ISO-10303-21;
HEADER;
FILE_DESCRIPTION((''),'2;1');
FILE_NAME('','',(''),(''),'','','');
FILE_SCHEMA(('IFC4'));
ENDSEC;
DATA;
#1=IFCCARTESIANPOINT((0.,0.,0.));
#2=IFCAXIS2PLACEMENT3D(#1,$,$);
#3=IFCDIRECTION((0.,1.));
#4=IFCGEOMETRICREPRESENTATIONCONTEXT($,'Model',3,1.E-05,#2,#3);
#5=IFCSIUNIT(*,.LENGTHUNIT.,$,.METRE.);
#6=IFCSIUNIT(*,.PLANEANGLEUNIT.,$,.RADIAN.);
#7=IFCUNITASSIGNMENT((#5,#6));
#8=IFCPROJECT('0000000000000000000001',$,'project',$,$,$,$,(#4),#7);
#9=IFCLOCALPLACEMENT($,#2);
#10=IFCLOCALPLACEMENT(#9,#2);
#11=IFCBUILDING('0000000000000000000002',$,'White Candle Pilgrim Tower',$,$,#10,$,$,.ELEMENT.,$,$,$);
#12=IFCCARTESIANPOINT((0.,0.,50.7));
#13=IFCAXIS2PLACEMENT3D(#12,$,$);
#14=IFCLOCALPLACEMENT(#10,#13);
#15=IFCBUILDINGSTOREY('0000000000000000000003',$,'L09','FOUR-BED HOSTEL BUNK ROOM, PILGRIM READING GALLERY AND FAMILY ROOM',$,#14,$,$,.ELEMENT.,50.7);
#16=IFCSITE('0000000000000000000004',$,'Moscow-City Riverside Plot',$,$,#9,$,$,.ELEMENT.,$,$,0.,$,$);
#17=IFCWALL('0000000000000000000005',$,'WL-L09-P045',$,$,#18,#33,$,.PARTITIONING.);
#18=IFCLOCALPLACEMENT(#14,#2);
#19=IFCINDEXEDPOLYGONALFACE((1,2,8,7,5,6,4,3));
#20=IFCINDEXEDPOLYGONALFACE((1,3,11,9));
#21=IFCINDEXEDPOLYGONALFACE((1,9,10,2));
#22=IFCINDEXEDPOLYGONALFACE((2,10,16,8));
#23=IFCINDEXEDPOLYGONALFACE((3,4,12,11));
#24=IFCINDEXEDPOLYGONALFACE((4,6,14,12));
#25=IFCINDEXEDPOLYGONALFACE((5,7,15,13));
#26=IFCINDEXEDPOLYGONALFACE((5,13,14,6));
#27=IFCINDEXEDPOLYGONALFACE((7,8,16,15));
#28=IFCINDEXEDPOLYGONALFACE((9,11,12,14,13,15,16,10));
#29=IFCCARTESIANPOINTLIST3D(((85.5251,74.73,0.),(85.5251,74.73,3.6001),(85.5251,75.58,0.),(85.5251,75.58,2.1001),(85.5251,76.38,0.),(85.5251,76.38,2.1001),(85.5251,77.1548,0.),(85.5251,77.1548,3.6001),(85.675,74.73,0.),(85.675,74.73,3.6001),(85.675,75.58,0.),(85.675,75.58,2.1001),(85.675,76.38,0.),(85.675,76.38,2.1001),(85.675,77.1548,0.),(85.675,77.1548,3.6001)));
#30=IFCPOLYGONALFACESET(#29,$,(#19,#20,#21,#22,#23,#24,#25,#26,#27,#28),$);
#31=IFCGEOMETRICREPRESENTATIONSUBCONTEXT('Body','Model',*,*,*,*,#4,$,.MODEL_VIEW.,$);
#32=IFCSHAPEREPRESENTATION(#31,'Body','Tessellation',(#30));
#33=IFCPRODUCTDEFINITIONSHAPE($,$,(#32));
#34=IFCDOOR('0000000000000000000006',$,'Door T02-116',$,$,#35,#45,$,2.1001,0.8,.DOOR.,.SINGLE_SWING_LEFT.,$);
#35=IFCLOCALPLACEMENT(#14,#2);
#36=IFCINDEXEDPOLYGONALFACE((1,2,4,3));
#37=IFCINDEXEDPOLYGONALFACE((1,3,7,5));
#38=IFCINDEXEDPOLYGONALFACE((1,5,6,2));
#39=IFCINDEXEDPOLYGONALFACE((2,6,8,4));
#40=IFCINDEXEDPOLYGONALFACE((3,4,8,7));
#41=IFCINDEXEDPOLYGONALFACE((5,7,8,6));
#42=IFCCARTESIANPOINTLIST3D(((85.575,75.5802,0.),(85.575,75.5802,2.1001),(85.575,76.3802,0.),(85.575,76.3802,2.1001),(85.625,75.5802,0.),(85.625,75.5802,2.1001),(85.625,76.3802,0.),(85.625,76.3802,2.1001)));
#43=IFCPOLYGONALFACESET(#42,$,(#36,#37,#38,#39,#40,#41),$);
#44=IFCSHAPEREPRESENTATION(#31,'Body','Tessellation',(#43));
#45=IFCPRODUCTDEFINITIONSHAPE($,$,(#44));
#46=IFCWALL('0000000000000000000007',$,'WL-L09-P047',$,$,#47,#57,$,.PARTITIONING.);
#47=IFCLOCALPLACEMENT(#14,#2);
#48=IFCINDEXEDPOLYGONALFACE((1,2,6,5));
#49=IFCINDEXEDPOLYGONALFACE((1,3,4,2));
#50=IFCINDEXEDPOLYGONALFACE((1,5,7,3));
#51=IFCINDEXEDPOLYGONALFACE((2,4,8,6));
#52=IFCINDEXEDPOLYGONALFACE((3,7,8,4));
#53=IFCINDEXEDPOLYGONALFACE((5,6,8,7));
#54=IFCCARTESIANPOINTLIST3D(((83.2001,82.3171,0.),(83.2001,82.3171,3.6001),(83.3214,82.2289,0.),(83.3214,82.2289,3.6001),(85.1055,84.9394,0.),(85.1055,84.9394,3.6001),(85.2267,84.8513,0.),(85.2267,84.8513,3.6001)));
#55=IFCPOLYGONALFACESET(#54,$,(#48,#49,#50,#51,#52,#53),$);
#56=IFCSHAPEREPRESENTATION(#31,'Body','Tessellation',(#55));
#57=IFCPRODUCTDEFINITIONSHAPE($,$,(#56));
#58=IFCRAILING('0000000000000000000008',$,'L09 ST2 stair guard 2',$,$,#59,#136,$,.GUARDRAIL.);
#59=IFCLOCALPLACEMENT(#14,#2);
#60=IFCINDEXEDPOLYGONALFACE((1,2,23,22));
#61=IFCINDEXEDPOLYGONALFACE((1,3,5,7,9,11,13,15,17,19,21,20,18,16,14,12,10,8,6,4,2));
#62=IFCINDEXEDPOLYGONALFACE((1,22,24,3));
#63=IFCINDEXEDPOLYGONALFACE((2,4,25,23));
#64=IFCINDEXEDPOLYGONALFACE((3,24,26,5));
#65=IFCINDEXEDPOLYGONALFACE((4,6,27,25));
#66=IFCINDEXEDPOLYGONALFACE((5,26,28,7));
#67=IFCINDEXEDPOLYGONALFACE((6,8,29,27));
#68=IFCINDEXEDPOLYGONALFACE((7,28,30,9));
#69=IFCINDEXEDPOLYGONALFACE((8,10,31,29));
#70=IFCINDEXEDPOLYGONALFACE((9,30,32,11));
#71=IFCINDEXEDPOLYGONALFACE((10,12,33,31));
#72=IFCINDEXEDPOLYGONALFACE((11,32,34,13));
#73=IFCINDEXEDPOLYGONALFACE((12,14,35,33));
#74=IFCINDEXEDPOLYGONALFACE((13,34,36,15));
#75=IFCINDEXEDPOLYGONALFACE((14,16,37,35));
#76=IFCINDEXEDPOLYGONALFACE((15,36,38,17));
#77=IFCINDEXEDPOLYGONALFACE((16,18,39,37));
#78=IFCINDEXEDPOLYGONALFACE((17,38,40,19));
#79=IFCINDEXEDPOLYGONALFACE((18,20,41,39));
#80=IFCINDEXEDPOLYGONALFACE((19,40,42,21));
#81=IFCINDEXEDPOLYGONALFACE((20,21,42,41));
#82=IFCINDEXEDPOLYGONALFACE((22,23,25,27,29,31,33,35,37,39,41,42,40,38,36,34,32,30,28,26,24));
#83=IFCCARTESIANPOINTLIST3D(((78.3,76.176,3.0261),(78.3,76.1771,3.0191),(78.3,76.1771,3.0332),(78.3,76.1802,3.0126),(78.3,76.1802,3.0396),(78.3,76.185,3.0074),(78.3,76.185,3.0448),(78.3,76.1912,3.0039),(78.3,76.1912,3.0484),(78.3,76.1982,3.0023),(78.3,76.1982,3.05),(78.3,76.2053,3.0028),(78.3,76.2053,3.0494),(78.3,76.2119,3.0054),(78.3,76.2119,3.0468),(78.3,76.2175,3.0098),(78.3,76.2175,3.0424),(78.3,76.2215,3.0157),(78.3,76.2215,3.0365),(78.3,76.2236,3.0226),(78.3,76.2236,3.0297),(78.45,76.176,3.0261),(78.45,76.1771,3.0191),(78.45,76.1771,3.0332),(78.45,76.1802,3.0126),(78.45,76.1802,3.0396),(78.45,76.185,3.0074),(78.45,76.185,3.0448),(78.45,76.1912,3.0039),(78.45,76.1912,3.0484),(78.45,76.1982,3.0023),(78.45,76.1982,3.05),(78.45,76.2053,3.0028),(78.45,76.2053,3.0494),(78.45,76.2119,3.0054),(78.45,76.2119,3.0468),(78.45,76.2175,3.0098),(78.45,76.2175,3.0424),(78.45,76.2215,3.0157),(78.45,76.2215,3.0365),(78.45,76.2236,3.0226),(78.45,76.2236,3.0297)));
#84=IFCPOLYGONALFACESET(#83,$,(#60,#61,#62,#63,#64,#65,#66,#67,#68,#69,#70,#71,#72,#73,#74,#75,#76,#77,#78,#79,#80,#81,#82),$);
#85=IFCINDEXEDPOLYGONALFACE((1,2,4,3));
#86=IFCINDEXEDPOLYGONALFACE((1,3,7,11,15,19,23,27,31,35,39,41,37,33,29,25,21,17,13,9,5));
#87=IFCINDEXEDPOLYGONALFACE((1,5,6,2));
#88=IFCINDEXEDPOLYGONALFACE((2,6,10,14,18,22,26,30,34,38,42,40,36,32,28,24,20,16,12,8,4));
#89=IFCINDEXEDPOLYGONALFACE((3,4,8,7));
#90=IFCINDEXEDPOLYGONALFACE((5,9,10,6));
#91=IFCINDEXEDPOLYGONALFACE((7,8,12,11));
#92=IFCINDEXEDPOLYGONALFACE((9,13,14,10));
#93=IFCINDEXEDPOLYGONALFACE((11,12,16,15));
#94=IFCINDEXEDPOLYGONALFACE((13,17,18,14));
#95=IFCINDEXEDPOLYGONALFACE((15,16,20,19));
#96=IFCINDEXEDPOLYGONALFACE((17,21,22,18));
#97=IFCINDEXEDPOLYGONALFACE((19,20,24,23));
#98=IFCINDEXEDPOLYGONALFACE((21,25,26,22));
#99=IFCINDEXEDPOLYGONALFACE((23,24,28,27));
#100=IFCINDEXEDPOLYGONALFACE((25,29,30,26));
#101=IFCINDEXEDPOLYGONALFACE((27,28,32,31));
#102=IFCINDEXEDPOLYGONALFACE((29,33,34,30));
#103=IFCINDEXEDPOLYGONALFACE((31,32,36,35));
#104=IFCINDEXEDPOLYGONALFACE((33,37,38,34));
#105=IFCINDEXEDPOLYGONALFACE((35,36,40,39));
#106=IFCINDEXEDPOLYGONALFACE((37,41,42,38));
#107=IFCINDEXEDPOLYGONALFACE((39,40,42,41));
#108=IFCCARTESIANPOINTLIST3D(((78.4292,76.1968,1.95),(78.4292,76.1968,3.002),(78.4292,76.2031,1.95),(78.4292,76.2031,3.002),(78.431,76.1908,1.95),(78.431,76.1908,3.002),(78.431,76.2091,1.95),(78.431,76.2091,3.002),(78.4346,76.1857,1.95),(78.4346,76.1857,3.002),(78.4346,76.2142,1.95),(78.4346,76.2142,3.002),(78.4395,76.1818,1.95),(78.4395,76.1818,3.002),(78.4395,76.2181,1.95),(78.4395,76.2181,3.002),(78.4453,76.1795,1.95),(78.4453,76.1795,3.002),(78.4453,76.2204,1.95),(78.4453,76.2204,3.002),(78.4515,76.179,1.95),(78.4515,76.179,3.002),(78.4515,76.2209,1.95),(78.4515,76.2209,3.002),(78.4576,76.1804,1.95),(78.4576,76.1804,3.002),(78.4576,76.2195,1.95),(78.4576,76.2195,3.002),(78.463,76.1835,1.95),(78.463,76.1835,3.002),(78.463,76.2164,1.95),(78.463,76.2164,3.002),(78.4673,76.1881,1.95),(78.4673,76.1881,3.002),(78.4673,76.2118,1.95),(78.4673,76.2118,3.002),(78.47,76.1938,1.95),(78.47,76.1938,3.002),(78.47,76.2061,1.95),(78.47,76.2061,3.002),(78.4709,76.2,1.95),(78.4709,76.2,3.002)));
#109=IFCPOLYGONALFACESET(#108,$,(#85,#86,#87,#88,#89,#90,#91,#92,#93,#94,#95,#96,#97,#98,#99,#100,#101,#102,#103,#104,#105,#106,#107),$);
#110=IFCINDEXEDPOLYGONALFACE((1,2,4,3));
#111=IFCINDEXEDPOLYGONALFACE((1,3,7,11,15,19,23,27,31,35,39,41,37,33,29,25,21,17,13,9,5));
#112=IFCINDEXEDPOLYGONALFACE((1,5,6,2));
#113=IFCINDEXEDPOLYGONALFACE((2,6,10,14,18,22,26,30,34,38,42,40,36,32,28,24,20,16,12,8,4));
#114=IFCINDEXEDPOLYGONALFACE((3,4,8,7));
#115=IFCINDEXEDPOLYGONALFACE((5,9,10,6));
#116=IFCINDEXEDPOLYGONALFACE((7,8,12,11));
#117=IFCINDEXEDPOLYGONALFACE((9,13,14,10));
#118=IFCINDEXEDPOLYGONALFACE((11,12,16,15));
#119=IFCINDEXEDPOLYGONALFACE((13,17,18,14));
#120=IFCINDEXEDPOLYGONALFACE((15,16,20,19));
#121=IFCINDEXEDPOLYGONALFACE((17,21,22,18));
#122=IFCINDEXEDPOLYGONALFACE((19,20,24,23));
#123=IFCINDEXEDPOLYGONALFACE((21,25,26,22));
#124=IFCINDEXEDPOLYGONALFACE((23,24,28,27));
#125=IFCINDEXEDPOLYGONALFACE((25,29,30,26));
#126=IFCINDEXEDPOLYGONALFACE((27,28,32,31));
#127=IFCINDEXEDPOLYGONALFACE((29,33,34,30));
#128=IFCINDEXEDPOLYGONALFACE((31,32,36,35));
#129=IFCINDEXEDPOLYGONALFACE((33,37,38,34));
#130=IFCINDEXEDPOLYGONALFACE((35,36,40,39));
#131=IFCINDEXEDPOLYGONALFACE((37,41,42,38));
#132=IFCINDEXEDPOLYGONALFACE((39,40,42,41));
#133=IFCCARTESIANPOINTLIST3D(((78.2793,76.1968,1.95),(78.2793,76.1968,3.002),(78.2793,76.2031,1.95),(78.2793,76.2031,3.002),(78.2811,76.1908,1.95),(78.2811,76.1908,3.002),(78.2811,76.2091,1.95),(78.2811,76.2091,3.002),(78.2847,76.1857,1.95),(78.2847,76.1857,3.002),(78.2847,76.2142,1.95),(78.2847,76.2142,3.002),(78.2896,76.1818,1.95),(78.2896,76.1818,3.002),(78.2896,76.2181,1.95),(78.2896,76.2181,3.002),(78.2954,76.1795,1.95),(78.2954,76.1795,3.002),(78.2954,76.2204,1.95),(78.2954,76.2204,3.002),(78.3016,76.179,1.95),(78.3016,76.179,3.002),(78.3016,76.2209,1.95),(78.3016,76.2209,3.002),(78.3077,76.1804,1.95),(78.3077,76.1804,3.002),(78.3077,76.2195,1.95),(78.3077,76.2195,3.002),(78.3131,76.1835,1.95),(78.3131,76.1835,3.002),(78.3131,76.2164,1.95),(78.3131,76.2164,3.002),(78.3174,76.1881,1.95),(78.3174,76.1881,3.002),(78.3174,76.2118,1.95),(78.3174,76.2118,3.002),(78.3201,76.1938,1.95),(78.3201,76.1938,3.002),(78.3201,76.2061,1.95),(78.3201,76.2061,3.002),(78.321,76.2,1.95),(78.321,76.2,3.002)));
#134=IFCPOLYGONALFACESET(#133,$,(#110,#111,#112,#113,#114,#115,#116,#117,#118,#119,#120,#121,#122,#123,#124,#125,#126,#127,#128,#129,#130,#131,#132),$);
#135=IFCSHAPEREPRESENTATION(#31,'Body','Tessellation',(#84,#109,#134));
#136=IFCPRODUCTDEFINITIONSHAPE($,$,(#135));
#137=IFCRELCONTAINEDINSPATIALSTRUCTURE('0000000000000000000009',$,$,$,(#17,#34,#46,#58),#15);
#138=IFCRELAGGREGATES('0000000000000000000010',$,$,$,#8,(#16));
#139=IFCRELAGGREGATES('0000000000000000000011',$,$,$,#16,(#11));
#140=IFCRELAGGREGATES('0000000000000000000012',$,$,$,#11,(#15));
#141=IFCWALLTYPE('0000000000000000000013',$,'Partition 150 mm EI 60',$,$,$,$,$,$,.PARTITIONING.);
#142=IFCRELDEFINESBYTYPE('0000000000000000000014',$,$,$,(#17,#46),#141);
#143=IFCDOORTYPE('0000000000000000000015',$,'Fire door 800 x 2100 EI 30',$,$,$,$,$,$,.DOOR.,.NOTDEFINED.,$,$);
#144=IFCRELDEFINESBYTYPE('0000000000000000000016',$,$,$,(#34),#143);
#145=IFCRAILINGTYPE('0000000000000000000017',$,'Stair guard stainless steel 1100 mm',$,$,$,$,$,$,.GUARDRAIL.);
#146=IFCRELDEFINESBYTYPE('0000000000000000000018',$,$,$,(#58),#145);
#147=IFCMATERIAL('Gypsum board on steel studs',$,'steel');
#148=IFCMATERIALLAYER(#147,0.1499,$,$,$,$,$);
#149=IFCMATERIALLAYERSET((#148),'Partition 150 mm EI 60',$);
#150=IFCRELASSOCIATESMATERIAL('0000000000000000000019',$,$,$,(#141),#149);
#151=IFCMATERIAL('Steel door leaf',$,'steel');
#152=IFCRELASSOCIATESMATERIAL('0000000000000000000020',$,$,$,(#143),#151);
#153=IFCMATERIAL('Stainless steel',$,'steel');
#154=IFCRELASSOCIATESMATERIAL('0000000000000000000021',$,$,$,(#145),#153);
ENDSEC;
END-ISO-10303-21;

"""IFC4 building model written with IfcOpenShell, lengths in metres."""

from ifc_helpers import new_model, si_unit, direction, frame, frame_2d, origin, origin_2d, place, context, subcontext, project, spatial, rectangle, circle, extrude, material, layer, layer_set, type_object, element, fill, save


model = new_model("IFC4")

# Units and contexts
model_context = context("Model", 3, precision=1e-05, world=origin(), true_north=direction((0.0, 1.0)))
body_context = subcontext(model_context, "Body", "Model", "MODEL_VIEW")
ifc_project = project(units=[si_unit("LENGTHUNIT", "METRE"), si_unit("PLANEANGLEUNIT", "RADIAN")], contexts=[model_context])

# Site, building, storey
site_placement = place(None, origin())
site = spatial("IfcSite", under=ifc_project, at=site_placement, Name="Moscow-City Riverside Plot", CompositionType="ELEMENT", RefElevation=0.0)
building_placement = place(site_placement, origin())
building = spatial("IfcBuilding", under=site, at=building_placement, Name="White Candle Pilgrim Tower", CompositionType="ELEMENT")
storey_placement = place(building_placement, frame((0.0, 0.0, 50.7)))
storey = spatial("IfcBuildingStorey", under=building, at=storey_placement, Name="L09", Description="FOUR-BED HOSTEL BUNK ROOM, PILGRIM READING GALLERY AND FAMILY ROOM", CompositionType="ELEMENT", Elevation=50.7)

# Shared definitions
ifc_material_1 = material(Name="Steel door leaf", Category="steel")

# Shared definitions
ifc_material_2 = material(Name="Gypsum board on steel studs", Category="steel")

# Shared definitions
ifc_layer_1 = layer(ifc_material_2, 0.1499)
ifc_layer_set_1 = layer_set([ifc_layer_1], Name="Partition 150 mm EI 60")
wall_type_1 = type_object("IfcWallType", Name="Partition 150 mm EI 60", PredefinedType="PARTITIONING", material=ifc_layer_set_1)

# Wall, opening, door
wall_1_placement = place(storey_placement, frame((85.6001, 74.73, 0.0), z_axis=(0.0, 0.0, 1.0), x_axis=(0.0, 1.0, 0.0)))
wall_1 = element("IfcWall", 1, at=wall_1_placement, inside=storey, type_object=wall_type_1, Name="WL-L09-P045", PredefinedType="PARTITIONING", context=body_context, shape_type="SweptSolid", body=[
    extrude(rectangle(XDim=2.4248, YDim=0.1499, at=frame_2d((1.2124, 0.0))), origin(), (0.0, 0.0, 1.0), 3.6001),
])
opening_1_placement = place(wall_1_placement, frame((0.8501, 0.0, 0.0)))
opening_1 = element("IfcOpeningElement", 2, at=opening_1_placement, cuts=wall_1, PredefinedType="OPENING", context=body_context, shape_type="SweptSolid", body=[
    extrude(rectangle(XDim=0.8, YDim=2.1001, at=frame_2d((0.3999, 1.05))), frame((0.0, 0.085, 0.0), z_axis=(0.0, -1.0, 0.0), x_axis=(1.0, 0.0, 0.0)), (0.0, 0.0, 1.0), 0.1699),
])
door_type_1 = type_object("IfcDoorType", Name="Fire door 800 x 2100 EI 30", OperationType="NOTDEFINED", PredefinedType="DOOR", material=ifc_material_1)
door_1_placement = place(opening_1_placement, frame((0.8, 0.0, 0.0), z_axis=(0.0, 0.0, 1.0), x_axis=(-1.0, 0.0, 0.0)))
door_1 = element("IfcDoor", 3, at=door_1_placement, inside=storey, type_object=door_type_1, Name="Door T02-116", OperationType="SINGLE_SWING_LEFT", OverallHeight=2.1001, OverallWidth=0.8, PredefinedType="DOOR", context=body_context, shape_type="SweptSolid", body=[
    extrude(rectangle(XDim=0.8, YDim=2.1001, at=frame_2d((0.3999, 1.05))), frame((0.0, 0.0249, 0.0), z_axis=(0.0, -1.0, 0.0), x_axis=(1.0, 0.0, 0.0)), (0.0, 0.0, 1.0), 0.05),
])
fill(opening_1, door_1)

# Wall
wall_2_placement = place(storey_placement, frame((85.166, 84.8953, 0.0), z_axis=(0.0, 0.0, 1.0), x_axis=(-0.587795, -0.80901, 0.0)))
element("IfcWall", 4, at=wall_2_placement, inside=storey, type_object=wall_type_1, Name="WL-L09-P047", PredefinedType="PARTITIONING", context=body_context, shape_type="SweptSolid", body=[
    extrude(rectangle(XDim=3.2415, YDim=0.1499, at=frame_2d((1.6206, 0.0))), origin(), (0.0, 0.0, 1.0), 3.6001),
])

# Railing
ifc_material_3 = material(Name="Stainless steel", Category="steel")
railing_type = type_object("IfcRailingType", Name="Stair guard stainless steel 1100 mm", PredefinedType="GUARDRAIL", material=ifc_material_3)
railing_1_placement = place(storey_placement, frame((78.45, 76.2, 1.95)))
element("IfcRailing", 5, at=railing_1_placement, inside=storey, type_object=railing_type, Name="L09 ST2 stair guard 2", PredefinedType="GUARDRAIL", context=body_context, shape_type="SweptSolid", body=[
    extrude(circle(Radius=0.0239, at=origin_2d()), frame((0.0, 0.0, 1.0762), z_axis=(-1.0, 0.0, 0.0), x_axis=(0.0, -1.0, 0.0)), (0.0, 0.0, 1.0), 0.1499),
    extrude(circle(Radius=0.021, at=origin_2d()), origin(), (0.0, 0.0, 1.0), 1.052),
    extrude(circle(Radius=0.021, at=origin_2d()), frame((-0.1499, 0.0, 0.0)), (0.0, 0.0, 1.0), 1.052),
])

save(model, "model.ifc")
